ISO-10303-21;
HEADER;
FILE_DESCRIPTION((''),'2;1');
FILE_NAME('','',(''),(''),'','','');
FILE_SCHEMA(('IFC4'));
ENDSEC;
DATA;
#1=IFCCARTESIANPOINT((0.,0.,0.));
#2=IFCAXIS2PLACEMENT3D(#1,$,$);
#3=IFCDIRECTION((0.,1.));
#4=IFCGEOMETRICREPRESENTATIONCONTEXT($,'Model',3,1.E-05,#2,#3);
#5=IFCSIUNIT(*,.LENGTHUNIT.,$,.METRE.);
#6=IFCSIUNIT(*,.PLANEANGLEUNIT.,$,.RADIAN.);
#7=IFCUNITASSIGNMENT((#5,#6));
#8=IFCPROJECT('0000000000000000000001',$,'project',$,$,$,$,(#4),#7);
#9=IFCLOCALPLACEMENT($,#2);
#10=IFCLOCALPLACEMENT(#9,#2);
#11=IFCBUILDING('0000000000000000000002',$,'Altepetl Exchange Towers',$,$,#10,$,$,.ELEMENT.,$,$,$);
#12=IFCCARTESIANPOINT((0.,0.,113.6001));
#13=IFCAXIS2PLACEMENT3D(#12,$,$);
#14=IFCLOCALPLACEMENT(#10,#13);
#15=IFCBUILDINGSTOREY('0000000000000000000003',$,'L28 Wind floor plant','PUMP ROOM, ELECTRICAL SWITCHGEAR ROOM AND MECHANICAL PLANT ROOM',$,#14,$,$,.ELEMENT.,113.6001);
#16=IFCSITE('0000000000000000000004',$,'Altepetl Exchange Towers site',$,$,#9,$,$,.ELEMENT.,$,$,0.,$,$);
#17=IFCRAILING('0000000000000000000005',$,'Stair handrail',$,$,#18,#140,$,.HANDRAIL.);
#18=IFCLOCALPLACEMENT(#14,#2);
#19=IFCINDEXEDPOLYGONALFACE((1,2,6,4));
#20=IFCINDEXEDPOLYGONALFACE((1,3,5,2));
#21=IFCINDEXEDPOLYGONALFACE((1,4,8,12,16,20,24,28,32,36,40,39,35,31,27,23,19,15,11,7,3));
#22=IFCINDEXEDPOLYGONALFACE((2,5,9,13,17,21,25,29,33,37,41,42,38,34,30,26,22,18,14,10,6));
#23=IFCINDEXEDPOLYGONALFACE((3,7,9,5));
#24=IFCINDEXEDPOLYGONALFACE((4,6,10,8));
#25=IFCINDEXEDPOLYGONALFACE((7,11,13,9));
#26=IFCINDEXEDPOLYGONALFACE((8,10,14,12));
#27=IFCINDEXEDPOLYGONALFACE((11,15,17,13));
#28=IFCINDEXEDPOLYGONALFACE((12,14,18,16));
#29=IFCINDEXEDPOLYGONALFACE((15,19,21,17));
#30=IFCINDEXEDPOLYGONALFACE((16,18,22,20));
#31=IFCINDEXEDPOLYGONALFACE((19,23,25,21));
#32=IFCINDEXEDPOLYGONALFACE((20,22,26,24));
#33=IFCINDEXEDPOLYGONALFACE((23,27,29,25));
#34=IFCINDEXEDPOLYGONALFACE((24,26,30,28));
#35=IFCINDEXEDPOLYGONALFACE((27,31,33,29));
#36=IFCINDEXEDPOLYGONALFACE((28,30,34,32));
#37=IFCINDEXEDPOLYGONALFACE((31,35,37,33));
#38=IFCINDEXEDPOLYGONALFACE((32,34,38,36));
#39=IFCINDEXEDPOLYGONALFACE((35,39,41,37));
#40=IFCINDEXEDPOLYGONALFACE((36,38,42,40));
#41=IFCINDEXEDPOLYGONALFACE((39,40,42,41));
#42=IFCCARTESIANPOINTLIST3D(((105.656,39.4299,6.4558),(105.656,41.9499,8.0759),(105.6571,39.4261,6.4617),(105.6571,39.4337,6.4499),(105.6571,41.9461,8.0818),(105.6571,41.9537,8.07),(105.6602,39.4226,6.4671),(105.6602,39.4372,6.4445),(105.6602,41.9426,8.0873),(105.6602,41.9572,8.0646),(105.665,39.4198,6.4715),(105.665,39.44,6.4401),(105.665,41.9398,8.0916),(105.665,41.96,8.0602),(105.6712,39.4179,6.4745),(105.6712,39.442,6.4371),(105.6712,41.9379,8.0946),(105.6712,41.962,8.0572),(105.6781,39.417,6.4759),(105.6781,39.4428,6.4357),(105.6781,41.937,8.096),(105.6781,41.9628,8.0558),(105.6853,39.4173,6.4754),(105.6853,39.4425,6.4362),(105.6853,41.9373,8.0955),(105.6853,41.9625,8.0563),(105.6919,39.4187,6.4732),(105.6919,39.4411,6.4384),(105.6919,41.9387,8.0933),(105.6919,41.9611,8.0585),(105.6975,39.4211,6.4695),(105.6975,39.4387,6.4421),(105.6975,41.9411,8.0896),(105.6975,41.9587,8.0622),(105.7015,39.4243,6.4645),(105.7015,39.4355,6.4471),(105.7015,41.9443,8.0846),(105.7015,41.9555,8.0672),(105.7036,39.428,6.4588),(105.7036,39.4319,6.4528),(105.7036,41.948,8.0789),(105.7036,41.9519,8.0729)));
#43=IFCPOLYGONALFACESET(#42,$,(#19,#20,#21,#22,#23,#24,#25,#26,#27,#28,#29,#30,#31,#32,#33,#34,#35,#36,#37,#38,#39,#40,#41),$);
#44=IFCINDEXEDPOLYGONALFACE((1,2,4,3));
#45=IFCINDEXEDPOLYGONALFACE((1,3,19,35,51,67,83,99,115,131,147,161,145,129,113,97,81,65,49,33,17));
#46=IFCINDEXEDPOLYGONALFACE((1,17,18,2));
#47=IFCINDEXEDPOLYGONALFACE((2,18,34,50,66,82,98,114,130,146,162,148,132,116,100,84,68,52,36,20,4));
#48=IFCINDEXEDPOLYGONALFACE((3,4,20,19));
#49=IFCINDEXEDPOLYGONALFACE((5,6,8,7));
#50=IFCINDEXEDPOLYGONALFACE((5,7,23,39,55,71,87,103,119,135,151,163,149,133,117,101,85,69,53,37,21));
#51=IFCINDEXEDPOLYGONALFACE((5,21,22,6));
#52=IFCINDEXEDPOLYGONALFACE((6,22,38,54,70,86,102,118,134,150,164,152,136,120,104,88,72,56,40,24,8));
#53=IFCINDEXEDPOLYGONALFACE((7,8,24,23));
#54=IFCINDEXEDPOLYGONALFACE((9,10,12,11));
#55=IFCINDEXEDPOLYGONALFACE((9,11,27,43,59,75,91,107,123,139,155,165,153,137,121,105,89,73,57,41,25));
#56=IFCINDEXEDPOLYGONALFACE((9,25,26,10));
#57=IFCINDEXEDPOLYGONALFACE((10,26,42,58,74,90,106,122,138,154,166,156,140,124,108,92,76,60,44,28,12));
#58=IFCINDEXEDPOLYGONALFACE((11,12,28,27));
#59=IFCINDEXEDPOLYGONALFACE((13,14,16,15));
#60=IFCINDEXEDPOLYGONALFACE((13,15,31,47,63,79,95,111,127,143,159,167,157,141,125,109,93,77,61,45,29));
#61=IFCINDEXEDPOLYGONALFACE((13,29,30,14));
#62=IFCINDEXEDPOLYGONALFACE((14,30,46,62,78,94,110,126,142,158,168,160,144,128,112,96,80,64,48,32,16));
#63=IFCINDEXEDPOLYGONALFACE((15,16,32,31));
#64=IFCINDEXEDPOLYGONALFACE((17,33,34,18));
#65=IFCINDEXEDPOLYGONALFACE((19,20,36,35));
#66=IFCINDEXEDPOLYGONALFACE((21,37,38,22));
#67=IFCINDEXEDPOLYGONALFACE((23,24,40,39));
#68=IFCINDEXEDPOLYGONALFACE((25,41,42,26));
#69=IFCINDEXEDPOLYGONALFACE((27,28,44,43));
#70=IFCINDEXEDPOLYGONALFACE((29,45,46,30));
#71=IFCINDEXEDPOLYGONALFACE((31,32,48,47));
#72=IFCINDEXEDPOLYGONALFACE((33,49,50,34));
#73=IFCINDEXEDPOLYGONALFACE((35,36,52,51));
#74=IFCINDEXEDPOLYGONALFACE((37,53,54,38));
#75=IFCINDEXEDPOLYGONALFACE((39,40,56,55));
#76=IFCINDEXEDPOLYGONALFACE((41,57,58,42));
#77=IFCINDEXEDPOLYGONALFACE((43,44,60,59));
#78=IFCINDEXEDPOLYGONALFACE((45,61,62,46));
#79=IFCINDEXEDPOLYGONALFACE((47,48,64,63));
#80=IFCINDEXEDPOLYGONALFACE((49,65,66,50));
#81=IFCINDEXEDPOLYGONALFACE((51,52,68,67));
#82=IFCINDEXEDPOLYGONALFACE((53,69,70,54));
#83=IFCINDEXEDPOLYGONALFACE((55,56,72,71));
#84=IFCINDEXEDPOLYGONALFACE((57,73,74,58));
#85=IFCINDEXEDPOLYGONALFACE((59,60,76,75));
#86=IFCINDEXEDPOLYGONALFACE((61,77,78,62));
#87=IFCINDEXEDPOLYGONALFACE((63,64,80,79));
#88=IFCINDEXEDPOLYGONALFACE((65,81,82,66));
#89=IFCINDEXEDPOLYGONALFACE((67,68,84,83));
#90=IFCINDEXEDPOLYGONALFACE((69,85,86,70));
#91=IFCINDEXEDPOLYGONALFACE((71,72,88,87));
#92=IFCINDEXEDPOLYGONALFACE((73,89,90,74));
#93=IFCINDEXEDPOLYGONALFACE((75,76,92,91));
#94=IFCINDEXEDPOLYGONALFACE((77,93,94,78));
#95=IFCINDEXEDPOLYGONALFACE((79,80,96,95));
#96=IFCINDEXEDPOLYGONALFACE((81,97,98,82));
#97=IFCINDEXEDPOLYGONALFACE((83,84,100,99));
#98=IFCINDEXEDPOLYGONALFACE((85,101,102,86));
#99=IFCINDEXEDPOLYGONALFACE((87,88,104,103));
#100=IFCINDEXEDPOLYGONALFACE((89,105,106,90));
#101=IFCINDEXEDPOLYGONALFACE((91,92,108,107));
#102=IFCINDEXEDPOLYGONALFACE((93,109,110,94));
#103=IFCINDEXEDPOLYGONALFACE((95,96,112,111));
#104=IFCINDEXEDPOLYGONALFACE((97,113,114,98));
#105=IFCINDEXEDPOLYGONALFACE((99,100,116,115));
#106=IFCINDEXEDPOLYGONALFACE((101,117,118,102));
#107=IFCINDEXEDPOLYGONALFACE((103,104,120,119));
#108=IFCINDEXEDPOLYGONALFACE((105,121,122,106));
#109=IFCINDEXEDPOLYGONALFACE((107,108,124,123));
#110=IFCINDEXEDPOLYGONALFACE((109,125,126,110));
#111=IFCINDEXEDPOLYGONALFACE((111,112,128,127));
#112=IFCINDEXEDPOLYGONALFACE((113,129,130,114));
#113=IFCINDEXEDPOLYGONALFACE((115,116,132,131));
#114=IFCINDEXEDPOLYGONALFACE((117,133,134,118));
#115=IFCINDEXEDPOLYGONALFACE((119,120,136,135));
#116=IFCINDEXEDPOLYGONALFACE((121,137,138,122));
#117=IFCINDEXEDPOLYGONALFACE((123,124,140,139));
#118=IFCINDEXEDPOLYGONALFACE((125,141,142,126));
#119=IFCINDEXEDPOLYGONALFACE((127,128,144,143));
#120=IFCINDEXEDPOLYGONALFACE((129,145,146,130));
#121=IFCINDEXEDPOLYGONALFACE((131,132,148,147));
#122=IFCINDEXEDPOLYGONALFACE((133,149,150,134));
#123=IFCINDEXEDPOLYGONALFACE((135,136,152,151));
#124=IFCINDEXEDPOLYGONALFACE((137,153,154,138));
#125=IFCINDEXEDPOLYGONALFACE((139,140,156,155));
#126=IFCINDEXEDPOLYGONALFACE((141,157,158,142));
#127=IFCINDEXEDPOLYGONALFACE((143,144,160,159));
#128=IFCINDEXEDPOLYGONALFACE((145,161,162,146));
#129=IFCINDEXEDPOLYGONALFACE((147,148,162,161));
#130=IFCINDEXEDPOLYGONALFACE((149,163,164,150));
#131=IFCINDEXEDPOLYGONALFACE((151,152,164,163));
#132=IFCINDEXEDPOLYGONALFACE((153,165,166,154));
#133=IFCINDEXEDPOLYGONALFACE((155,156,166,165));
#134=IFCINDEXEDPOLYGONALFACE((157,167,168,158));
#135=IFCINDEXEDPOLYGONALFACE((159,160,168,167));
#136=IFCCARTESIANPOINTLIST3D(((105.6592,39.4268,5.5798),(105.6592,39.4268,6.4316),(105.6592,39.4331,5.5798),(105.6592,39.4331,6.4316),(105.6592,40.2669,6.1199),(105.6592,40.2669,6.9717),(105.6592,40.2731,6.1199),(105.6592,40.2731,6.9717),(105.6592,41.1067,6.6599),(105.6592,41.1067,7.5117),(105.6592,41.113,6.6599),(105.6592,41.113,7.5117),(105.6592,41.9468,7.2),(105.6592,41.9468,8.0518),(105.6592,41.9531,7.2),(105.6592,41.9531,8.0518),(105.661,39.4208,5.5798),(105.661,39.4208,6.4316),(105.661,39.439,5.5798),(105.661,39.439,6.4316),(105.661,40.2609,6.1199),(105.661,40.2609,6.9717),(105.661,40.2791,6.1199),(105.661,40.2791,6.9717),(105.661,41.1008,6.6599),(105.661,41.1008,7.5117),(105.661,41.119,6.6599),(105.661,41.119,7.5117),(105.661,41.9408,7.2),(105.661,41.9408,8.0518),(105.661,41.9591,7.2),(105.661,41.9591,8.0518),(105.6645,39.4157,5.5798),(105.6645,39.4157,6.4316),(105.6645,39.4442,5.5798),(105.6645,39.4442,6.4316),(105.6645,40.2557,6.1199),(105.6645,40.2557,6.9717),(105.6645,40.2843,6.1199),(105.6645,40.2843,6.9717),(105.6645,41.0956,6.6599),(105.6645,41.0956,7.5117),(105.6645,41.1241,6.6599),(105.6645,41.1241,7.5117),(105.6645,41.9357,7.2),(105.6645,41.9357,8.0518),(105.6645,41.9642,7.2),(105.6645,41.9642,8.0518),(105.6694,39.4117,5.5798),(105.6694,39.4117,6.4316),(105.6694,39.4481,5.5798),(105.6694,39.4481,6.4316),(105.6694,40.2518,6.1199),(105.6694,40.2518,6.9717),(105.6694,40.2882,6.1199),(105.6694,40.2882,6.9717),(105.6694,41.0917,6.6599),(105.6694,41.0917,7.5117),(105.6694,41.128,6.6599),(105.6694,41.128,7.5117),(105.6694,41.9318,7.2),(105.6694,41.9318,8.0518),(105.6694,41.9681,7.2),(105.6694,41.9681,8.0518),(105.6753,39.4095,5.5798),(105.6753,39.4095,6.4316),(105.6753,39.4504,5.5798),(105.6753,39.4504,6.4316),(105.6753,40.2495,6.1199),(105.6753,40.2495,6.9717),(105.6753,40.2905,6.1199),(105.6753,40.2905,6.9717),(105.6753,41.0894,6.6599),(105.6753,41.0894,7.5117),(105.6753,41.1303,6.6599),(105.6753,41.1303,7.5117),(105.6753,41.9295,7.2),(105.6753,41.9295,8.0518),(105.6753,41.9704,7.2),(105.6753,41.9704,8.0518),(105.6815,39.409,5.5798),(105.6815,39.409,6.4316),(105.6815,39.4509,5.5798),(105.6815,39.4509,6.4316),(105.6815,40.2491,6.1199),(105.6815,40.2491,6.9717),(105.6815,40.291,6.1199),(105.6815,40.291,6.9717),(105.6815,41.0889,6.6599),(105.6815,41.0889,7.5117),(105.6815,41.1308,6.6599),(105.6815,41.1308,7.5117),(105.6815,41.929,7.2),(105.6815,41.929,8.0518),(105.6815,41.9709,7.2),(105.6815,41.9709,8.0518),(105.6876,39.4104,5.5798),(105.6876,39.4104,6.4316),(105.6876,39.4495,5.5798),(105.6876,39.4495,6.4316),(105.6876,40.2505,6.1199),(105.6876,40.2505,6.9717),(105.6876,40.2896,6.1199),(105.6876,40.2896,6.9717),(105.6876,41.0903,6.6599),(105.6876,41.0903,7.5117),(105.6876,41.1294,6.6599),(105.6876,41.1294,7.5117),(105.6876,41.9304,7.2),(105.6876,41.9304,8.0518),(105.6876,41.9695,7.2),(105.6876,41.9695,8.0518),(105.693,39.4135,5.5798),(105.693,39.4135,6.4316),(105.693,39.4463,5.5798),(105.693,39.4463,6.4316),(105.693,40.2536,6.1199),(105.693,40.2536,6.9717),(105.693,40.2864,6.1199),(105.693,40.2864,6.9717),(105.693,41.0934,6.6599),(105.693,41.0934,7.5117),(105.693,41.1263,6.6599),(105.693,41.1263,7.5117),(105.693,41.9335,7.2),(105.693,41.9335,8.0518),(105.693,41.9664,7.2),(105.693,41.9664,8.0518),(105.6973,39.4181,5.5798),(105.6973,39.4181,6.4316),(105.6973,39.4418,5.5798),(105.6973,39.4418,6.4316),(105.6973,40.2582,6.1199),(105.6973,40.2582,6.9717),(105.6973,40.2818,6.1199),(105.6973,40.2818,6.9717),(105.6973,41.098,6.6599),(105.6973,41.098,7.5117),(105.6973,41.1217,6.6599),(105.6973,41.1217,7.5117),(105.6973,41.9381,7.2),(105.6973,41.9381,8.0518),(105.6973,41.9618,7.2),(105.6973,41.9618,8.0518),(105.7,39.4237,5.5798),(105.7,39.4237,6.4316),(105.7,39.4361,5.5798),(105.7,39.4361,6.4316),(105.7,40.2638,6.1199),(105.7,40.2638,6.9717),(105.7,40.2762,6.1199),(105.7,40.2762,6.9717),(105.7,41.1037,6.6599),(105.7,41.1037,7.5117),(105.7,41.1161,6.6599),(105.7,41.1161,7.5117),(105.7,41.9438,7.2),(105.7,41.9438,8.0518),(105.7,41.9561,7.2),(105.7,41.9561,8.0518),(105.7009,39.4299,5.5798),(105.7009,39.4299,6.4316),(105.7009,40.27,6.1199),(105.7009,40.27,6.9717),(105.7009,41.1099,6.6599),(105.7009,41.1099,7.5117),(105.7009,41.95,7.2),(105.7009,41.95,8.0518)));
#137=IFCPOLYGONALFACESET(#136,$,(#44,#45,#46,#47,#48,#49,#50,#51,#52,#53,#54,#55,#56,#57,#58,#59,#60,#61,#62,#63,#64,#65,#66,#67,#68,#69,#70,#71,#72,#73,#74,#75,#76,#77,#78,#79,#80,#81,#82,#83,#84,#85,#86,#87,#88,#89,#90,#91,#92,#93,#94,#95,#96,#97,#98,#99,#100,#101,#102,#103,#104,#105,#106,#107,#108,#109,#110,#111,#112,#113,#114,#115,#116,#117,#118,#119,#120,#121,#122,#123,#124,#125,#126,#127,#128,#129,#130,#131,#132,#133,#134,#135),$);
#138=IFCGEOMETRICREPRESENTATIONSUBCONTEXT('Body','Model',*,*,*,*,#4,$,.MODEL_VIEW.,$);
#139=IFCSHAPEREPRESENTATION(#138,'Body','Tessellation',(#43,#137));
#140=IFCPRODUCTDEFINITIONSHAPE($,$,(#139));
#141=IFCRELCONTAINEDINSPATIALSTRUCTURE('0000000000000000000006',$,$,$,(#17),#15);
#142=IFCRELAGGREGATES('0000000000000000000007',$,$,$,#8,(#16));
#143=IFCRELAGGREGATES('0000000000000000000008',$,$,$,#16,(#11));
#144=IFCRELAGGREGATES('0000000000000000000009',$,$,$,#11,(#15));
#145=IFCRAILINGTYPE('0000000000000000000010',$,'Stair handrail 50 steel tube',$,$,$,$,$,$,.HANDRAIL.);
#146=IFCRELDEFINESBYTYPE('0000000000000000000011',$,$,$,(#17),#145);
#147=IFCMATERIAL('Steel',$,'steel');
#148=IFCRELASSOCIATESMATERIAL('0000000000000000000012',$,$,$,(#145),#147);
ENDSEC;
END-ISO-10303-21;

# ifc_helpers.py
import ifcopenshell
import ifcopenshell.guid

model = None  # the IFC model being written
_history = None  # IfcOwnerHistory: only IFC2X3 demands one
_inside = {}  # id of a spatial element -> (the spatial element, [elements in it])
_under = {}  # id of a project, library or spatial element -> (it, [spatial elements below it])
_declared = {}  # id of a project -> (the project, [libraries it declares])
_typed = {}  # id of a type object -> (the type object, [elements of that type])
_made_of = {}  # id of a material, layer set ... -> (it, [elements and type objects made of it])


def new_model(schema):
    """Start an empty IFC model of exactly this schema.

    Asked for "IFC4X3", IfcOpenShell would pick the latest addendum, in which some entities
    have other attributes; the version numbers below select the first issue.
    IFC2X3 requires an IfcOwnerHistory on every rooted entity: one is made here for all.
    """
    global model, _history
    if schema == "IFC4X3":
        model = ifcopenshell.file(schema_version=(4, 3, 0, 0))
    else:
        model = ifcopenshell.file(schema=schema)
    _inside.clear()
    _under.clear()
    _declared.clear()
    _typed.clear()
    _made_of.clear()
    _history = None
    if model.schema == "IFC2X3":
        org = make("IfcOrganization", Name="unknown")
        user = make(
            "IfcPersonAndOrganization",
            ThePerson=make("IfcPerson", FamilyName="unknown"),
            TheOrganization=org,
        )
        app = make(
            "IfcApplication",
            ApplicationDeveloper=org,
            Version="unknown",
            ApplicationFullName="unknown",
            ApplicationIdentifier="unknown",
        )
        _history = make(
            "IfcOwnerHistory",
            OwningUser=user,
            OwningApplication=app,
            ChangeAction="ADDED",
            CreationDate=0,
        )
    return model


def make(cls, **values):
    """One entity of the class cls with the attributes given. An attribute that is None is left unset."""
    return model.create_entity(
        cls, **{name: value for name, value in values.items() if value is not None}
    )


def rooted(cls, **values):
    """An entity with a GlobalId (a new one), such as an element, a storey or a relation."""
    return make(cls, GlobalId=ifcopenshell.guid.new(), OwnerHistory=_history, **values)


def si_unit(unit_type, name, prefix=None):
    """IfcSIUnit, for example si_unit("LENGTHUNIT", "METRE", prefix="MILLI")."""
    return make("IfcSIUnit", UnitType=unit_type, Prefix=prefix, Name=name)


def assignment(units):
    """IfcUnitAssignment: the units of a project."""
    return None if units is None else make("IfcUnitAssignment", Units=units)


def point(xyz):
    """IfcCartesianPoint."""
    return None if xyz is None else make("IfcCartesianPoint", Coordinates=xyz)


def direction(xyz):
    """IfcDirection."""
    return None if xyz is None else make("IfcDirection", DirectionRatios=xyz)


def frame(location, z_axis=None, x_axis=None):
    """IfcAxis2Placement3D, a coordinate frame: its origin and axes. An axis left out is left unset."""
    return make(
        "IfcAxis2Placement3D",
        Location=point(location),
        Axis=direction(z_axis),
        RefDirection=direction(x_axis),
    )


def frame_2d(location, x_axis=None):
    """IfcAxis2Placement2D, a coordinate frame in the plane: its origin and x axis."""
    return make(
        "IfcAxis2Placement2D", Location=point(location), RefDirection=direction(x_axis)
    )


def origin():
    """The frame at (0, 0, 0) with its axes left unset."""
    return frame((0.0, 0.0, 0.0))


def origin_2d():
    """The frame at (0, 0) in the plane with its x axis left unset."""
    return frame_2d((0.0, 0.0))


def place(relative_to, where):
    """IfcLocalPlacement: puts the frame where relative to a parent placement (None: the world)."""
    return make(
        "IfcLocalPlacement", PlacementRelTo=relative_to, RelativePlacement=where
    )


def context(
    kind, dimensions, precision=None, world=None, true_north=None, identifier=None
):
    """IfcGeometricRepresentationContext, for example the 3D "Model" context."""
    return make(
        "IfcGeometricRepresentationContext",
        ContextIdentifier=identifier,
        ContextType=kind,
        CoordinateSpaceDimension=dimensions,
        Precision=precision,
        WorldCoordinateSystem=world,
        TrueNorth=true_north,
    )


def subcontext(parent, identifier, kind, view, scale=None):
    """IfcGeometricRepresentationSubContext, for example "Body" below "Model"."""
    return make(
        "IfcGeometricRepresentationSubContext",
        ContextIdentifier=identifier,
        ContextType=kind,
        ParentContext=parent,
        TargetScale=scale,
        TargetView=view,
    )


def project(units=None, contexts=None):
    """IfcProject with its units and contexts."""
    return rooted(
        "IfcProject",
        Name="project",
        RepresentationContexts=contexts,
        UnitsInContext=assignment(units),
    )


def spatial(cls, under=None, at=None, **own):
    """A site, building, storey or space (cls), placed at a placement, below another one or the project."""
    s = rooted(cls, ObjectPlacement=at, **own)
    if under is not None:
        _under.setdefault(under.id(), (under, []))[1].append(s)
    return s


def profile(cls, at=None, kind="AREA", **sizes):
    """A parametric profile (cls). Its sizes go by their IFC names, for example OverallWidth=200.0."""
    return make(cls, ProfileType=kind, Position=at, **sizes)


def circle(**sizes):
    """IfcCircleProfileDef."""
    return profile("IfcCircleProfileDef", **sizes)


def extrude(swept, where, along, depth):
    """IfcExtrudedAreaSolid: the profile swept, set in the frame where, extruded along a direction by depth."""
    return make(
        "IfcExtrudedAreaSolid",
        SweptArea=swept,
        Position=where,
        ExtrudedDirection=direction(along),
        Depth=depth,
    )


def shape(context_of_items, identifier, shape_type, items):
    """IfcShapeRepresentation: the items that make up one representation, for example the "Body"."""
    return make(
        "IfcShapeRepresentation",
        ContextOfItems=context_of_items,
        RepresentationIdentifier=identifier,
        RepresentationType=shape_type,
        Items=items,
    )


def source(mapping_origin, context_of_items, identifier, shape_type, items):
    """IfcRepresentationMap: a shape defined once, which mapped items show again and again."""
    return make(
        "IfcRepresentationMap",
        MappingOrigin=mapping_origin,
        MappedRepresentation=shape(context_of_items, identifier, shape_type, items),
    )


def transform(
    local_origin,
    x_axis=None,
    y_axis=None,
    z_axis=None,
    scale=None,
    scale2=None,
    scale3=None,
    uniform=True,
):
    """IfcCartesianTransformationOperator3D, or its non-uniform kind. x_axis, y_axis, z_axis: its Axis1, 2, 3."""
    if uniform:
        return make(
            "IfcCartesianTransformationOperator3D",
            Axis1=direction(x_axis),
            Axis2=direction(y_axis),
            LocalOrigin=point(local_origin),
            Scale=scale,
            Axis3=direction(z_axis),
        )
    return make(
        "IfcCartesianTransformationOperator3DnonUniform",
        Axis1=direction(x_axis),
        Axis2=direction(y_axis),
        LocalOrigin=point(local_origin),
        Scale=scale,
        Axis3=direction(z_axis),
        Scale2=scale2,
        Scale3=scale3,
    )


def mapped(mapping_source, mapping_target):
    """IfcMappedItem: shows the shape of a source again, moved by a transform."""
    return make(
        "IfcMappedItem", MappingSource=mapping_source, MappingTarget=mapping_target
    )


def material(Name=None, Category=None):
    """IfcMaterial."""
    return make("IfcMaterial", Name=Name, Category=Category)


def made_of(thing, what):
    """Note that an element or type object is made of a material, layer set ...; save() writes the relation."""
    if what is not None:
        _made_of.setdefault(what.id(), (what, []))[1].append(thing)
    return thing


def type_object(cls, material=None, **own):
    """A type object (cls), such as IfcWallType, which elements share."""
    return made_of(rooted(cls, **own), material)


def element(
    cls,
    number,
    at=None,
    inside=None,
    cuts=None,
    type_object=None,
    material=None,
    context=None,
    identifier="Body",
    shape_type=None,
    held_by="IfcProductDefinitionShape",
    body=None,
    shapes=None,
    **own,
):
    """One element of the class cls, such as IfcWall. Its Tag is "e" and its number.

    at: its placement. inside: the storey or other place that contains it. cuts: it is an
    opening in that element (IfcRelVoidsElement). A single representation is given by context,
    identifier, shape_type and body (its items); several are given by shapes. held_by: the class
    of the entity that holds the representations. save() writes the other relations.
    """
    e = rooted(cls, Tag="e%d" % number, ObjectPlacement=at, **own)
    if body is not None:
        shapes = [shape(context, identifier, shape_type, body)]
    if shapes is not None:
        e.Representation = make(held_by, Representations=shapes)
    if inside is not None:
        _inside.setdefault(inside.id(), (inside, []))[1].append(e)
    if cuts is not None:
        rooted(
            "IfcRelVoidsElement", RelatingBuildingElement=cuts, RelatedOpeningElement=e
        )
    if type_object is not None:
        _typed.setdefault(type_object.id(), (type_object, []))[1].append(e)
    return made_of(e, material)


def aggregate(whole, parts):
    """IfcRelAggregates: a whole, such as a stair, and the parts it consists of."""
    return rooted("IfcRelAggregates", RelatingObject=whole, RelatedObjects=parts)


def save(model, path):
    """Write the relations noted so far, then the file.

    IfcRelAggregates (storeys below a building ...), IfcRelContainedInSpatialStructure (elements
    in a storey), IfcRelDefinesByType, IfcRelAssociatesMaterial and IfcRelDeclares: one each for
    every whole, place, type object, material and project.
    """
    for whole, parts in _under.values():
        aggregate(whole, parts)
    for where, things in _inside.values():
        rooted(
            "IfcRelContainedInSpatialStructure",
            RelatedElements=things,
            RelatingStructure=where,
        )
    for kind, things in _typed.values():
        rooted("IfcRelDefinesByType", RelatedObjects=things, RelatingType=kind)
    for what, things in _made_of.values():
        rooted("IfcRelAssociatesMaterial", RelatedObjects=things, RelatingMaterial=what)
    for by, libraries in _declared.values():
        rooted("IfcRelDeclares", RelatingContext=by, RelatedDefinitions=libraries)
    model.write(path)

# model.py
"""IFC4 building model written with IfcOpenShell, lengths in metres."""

from ifc_helpers import new_model, si_unit, direction, frame, origin, origin_2d, place, context, subcontext, project, spatial, circle, extrude, source, transform, mapped, material, type_object, element, save


model = new_model("IFC4")

# Units and contexts
model_context = context("Model", 3, precision=1e-05, world=origin(), true_north=direction((0.0, 1.0)))
body_context = subcontext(model_context, "Body", "Model", "MODEL_VIEW")
ifc_project = project(units=[si_unit("LENGTHUNIT", "METRE"), si_unit("PLANEANGLEUNIT", "RADIAN")], contexts=[model_context])

# Site, building, storey
site_placement = place(None, origin())
site = spatial("IfcSite", under=ifc_project, at=site_placement, Name="Altepetl Exchange Towers site", CompositionType="ELEMENT", RefElevation=0.0)
building_placement = place(site_placement, origin())
building = spatial("IfcBuilding", under=site, at=building_placement, Name="Altepetl Exchange Towers", CompositionType="ELEMENT")
storey_placement = place(building_placement, frame((0.0, 0.0, 113.6001)))
storey = spatial("IfcBuildingStorey", under=building, at=storey_placement, Name="L28 Wind floor plant", Description="PUMP ROOM, ELECTRICAL SWITCHGEAR ROOM AND MECHANICAL PLANT ROOM", CompositionType="ELEMENT", Elevation=113.6001)

# Railing
ifc_material_1 = material(Name="Steel", Category="steel")
railing_type = type_object("IfcRailingType", Name="Stair handrail 50 steel tube", PredefinedType="HANDRAIL", material=ifc_material_1)
shared_shape = source(origin(), body_context, "Body", "SweptSolid", [
    extrude(circle(Radius=0.021, at=origin_2d()), origin(), (0.0, 0.0, 1.0), 0.8518),
])
railing_1_placement = place(storey_placement, frame((105.6799, 39.4299, 5.5798)))
element("IfcRailing", 1, at=railing_1_placement, inside=storey, type_object=railing_type, Name="Stair handrail", PredefinedType="HANDRAIL", context=body_context, shape_type="SweptSolid", body=[
    extrude(circle(Radius=0.0239, at=origin_2d()), frame((0.0, 0.0, 0.876), z_axis=(0.0, 0.841163, 0.540782), x_axis=(-1.0, 0.0, 0.0)), (0.0, 0.0, 1.0), 2.9958),
    mapped(shared_shape, transform((0.0, 0.0, 0.0))),
    mapped(shared_shape, transform((0.0, 0.8401, 0.54))),
    mapped(shared_shape, transform((0.0, 1.6799, 1.0801))),
    mapped(shared_shape, transform((0.0, 2.52, 1.6201))),
])

save(model, "model.ifc")
